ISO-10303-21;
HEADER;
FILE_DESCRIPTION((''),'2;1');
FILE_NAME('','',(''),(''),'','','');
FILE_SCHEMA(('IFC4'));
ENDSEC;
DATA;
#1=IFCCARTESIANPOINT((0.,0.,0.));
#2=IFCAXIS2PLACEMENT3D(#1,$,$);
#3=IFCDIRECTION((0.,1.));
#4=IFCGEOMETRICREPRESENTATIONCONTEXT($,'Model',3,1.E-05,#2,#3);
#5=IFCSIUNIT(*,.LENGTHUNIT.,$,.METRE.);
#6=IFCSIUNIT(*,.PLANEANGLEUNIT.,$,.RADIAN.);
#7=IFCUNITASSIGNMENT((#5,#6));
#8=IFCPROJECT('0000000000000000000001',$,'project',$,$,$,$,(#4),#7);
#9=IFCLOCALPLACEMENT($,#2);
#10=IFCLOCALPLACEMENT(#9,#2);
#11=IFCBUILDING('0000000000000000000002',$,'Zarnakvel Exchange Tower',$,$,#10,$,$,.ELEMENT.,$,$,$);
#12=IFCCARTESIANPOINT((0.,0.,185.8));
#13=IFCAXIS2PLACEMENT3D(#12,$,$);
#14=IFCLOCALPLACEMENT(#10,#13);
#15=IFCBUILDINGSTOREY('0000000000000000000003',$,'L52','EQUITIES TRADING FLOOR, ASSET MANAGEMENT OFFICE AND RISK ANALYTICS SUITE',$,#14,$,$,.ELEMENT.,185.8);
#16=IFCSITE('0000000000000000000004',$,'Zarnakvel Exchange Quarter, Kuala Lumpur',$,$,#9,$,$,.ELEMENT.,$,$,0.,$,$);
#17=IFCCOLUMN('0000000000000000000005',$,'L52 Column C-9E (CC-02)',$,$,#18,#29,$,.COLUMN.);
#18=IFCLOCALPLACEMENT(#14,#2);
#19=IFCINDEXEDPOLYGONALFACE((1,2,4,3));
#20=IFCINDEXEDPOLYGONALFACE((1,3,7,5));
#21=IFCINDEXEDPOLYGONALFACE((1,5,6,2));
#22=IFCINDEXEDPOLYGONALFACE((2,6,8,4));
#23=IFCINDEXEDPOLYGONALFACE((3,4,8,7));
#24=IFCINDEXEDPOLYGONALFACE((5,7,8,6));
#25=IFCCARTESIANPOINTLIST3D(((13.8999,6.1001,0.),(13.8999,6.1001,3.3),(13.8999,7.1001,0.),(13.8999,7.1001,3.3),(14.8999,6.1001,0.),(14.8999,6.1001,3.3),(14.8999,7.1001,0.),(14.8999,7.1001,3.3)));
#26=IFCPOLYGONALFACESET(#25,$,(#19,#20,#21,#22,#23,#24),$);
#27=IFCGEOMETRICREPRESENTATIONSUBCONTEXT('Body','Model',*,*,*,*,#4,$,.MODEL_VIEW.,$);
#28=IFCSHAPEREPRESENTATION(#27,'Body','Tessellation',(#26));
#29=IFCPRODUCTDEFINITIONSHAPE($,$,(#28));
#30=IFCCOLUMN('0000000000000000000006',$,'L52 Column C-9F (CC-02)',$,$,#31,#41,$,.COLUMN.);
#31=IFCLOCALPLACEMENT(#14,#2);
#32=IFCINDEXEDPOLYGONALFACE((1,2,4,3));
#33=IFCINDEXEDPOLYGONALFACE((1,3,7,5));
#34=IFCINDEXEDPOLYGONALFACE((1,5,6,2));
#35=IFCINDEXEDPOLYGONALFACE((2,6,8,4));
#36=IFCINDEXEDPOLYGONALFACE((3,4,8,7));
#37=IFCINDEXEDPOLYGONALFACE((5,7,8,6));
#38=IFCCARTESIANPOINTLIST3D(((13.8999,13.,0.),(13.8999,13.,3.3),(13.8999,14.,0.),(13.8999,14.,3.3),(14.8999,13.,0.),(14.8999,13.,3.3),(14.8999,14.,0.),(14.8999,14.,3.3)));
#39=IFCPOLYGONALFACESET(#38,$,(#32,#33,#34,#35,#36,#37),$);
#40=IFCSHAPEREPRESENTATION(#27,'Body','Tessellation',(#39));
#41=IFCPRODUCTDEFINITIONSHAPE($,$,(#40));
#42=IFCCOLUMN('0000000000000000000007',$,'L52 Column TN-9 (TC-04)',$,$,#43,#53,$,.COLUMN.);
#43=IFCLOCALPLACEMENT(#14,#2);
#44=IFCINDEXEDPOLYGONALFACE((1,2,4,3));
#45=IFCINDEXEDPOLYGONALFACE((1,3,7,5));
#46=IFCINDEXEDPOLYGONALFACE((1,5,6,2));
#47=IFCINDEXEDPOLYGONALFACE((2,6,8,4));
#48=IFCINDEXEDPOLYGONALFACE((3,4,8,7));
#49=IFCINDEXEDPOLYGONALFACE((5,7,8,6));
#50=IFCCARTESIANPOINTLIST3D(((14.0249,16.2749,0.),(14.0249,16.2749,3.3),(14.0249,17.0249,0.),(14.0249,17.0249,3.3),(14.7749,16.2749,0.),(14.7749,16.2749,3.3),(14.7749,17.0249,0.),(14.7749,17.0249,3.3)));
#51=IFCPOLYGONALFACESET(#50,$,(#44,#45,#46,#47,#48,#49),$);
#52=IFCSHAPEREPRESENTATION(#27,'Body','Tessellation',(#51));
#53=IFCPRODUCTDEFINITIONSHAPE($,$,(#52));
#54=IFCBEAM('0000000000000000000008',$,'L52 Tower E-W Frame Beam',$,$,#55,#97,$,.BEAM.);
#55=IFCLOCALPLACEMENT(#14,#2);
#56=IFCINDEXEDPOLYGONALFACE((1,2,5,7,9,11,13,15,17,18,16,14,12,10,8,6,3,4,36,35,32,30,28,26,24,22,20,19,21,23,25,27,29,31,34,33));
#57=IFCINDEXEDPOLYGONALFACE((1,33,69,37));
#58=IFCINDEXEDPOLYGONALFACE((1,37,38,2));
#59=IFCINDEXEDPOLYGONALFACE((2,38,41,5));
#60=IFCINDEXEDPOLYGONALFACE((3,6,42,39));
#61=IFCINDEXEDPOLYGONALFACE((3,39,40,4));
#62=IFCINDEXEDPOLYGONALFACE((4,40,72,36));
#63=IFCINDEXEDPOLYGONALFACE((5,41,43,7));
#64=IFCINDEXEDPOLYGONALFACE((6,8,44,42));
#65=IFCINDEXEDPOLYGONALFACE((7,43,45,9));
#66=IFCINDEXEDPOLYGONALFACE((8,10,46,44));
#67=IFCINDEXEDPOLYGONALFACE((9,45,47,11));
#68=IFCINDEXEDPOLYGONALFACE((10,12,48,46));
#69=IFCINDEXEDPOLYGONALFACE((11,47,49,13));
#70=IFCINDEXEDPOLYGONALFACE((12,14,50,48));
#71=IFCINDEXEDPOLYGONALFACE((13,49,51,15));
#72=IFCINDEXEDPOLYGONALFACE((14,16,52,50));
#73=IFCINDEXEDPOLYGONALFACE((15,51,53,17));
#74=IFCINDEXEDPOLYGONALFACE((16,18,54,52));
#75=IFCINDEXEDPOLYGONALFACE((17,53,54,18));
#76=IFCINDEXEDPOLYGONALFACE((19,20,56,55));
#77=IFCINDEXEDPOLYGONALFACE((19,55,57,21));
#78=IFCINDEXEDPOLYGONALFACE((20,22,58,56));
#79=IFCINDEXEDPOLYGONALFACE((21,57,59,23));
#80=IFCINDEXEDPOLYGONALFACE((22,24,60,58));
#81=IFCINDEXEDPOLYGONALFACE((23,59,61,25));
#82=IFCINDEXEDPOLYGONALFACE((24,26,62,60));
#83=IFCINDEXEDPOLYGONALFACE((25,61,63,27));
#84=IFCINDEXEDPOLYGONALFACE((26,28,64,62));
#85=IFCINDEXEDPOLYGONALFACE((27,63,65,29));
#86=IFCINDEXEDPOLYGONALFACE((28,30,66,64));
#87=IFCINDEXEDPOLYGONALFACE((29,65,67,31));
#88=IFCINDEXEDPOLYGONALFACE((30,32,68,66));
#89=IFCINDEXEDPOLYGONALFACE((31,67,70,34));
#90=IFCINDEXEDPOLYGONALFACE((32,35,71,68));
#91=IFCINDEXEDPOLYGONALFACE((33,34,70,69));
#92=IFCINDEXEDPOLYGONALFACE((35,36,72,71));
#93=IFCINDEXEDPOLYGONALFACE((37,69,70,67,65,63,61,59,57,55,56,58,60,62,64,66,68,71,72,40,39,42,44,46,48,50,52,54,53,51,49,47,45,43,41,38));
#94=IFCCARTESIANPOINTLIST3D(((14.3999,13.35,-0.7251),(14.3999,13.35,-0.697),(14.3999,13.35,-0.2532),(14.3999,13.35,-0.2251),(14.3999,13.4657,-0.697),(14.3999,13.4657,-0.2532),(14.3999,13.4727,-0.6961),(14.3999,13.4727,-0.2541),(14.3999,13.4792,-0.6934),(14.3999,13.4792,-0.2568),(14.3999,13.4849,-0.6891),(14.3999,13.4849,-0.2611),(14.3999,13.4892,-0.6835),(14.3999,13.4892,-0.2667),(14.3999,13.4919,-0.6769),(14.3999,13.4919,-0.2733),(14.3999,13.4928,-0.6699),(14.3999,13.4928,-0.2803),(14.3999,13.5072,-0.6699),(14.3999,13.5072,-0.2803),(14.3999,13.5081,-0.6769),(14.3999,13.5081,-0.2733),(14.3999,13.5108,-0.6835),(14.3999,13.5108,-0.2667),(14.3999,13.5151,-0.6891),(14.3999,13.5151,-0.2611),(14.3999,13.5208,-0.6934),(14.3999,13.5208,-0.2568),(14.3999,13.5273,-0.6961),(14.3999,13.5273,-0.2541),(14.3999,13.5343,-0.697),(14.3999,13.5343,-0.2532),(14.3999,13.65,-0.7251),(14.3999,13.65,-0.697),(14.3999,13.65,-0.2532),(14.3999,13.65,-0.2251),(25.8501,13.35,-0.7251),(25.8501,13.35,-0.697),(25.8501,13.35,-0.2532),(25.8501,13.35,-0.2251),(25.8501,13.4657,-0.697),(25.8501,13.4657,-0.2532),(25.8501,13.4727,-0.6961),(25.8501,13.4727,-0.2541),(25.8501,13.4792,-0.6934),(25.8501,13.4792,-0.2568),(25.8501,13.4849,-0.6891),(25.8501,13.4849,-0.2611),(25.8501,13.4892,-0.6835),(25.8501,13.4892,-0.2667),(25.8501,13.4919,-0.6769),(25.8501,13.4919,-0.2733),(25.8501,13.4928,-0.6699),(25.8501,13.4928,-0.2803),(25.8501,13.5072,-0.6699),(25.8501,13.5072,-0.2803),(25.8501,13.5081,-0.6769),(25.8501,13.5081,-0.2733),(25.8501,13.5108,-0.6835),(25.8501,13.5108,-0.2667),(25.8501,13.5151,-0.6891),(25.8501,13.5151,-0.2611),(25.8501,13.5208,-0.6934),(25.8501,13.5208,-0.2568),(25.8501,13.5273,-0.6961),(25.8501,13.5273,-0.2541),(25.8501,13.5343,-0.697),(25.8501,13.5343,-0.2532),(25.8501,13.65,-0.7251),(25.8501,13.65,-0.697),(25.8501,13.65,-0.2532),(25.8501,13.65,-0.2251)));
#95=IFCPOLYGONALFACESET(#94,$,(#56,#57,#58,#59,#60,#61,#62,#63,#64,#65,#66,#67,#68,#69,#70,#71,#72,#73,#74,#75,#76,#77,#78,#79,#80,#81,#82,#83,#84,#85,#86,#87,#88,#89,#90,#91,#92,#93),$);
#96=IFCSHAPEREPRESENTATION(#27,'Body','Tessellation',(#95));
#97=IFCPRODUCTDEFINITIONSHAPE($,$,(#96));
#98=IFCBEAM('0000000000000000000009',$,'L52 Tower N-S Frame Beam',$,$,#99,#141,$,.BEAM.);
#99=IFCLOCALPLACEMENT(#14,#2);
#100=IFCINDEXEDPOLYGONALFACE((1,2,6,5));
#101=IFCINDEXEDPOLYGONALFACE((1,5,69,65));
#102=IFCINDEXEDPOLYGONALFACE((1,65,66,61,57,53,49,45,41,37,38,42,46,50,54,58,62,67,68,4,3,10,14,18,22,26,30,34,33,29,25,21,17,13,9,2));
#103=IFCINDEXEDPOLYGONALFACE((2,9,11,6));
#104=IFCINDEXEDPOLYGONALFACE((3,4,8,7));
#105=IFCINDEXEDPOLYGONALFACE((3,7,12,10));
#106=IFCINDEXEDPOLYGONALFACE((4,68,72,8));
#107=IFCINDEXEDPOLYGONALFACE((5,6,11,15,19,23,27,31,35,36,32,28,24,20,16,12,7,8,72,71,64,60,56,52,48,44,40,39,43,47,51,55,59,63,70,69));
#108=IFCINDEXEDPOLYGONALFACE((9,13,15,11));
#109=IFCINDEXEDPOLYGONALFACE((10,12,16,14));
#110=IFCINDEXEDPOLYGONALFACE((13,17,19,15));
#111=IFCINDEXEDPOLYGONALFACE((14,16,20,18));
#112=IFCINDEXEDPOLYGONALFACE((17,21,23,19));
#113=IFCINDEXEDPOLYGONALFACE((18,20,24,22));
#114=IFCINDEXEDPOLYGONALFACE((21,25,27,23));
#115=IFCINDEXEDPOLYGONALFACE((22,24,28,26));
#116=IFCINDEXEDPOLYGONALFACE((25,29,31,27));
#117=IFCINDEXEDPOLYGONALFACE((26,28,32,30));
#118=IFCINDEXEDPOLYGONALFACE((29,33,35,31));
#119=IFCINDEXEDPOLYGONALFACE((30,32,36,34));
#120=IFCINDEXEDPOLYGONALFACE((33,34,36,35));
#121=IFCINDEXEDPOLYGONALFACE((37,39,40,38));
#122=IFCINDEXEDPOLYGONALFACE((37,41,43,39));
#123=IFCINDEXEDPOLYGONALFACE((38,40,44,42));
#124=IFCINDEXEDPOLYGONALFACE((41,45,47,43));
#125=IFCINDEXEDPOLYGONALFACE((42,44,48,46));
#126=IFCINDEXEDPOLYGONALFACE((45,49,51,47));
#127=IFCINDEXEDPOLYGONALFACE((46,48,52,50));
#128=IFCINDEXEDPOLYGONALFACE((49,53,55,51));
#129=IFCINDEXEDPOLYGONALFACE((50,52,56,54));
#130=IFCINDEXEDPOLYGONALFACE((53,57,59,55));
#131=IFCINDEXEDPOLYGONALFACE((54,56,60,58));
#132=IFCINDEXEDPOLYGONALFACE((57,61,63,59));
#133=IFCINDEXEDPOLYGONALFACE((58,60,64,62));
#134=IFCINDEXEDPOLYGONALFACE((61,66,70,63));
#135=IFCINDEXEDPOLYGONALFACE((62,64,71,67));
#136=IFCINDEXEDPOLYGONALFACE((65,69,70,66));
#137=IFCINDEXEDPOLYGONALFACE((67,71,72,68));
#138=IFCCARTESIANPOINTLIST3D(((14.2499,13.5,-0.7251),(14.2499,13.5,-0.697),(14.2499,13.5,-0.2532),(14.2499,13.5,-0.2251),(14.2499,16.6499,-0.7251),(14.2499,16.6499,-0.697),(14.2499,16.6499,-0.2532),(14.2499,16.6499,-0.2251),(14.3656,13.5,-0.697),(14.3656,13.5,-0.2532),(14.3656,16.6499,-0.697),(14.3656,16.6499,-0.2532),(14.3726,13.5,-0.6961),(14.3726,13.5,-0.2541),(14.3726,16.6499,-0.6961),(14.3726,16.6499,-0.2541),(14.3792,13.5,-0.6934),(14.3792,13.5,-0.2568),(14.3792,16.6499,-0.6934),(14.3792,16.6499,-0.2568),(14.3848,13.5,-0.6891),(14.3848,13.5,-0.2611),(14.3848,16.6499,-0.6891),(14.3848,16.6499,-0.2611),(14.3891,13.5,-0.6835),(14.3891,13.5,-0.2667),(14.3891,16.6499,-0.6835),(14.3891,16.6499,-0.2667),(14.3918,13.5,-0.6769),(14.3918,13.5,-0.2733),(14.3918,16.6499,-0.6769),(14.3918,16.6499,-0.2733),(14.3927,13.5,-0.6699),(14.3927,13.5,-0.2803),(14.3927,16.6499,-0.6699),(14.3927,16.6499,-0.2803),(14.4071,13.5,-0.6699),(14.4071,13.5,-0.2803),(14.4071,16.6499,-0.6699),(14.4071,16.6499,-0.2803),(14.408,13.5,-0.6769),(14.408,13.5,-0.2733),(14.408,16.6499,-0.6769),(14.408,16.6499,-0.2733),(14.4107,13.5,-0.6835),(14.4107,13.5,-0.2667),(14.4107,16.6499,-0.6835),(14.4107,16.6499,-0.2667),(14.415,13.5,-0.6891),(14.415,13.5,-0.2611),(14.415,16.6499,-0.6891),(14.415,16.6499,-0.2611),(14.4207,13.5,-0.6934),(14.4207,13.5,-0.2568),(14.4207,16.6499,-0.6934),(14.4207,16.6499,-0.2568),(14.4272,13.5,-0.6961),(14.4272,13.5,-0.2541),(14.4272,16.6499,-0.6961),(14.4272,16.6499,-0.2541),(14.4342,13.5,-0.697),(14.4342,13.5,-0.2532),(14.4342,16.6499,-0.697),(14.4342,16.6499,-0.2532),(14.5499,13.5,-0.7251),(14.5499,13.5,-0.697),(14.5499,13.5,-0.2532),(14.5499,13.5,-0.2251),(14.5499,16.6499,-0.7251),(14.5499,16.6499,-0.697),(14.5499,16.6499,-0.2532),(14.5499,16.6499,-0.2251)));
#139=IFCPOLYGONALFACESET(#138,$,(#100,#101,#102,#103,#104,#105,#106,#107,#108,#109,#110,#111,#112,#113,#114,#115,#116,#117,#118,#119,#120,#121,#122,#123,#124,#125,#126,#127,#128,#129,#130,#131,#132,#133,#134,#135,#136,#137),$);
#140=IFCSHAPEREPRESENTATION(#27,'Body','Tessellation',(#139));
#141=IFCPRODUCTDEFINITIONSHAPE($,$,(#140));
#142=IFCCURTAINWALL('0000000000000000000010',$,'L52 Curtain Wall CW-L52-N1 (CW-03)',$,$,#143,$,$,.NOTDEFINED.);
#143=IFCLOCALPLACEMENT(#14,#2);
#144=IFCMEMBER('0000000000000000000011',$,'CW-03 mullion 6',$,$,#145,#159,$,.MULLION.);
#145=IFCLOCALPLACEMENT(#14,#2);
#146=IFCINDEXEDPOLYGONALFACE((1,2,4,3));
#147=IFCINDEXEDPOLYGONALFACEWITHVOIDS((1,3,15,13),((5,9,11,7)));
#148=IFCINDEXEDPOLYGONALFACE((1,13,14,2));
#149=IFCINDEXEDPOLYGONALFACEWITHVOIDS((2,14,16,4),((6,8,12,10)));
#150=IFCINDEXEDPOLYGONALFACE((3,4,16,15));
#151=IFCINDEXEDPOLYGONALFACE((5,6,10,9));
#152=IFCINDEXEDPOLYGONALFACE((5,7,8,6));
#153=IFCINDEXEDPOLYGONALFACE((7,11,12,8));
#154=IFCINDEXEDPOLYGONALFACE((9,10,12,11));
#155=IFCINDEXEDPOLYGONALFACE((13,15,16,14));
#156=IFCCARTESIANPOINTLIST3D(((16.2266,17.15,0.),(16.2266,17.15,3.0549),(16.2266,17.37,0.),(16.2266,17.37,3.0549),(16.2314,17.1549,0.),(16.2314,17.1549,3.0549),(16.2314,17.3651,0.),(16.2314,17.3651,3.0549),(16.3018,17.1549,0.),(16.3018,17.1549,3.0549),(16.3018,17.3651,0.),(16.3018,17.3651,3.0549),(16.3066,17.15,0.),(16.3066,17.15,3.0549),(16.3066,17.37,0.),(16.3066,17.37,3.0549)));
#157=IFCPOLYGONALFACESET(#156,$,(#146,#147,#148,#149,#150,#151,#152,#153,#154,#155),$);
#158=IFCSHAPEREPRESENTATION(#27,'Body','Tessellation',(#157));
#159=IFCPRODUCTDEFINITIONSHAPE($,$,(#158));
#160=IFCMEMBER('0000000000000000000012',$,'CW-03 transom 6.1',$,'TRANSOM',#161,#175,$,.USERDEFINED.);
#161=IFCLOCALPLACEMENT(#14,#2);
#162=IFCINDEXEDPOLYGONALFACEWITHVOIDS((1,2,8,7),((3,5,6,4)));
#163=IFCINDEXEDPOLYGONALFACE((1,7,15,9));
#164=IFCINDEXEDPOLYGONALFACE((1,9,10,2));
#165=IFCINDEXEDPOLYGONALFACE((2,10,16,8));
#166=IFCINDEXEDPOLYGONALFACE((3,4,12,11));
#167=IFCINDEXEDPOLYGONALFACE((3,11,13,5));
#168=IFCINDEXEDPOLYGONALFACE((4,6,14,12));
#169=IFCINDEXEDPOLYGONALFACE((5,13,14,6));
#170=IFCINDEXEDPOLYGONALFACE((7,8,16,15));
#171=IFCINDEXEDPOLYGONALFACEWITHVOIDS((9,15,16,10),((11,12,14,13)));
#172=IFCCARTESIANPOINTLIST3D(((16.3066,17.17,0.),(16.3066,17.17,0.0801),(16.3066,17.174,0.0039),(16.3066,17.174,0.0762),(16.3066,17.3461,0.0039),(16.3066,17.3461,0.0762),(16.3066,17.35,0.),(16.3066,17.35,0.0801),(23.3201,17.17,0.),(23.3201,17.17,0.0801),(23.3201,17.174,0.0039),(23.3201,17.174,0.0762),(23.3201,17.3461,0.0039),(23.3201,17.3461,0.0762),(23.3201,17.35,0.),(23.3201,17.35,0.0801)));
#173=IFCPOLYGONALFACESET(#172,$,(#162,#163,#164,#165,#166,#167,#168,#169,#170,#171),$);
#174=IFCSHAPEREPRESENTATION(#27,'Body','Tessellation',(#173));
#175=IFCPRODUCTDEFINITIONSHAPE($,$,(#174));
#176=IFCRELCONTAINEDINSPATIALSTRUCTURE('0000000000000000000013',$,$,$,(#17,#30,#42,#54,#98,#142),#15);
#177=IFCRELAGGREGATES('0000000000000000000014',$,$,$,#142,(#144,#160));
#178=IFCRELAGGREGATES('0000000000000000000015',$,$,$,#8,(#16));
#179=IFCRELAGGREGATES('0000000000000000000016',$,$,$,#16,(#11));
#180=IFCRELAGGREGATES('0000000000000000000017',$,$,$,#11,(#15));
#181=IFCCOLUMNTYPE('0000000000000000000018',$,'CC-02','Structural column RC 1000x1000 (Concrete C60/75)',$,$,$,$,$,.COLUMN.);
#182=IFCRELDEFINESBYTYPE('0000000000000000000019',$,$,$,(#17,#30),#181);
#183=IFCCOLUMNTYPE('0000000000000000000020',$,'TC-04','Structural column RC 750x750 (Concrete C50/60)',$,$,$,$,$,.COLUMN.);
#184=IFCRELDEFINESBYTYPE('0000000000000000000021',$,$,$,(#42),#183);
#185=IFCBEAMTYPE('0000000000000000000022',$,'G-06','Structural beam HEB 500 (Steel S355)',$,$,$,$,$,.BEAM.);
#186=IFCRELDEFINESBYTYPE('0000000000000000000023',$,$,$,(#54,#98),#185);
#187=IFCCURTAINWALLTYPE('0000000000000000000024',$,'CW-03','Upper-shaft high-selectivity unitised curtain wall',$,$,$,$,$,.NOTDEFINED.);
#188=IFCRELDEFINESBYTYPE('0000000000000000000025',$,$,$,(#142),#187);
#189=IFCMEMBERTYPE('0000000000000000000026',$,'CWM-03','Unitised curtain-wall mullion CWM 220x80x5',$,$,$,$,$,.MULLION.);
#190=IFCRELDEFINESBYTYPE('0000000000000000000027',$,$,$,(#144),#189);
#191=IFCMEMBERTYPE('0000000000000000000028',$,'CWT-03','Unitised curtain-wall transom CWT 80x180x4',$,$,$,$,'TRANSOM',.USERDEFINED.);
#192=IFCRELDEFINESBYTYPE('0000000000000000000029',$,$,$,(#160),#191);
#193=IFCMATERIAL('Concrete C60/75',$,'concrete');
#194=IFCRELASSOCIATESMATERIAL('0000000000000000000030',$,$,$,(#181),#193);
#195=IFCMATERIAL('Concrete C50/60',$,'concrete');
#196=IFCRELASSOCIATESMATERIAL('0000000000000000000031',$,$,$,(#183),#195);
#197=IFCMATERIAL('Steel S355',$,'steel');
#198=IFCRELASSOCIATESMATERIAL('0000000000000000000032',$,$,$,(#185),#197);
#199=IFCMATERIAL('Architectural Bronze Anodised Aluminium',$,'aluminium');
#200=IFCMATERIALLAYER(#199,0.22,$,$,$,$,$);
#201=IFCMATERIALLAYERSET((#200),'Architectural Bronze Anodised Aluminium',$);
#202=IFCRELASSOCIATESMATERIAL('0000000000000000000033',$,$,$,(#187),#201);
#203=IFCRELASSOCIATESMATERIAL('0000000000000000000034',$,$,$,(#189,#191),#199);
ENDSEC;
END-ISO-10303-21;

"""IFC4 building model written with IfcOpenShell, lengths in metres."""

from ifc_helpers import new_model, si_unit, direction, frame, origin, origin_2d, place, context, subcontext, project, spatial, rectangle, hollow_rectangle, i_section, extrude, source, transform, mapped, material, layer, layer_set, material_profile, profile_set, type_object, element, aggregate, save


model = new_model("IFC4")

# Units and contexts
model_context = context("Model", 3, precision=1e-05, world=origin(), true_north=direction((0.0, 1.0)))
body_context = subcontext(model_context, "Body", "Model", "MODEL_VIEW")
ifc_project = project(units=[si_unit("LENGTHUNIT", "METRE"), si_unit("PLANEANGLEUNIT", "RADIAN")], contexts=[model_context])

# Site, building, storey
site_placement = place(None, origin())
site = spatial("IfcSite", under=ifc_project, at=site_placement, Name="Zarnakvel Exchange Quarter, Kuala Lumpur", CompositionType="ELEMENT", RefElevation=0.0)
building_placement = place(site_placement, origin())
building = spatial("IfcBuilding", under=site, at=building_placement, Name="Zarnakvel Exchange Tower", CompositionType="ELEMENT")
storey_placement = place(building_placement, frame((0.0, 0.0, 185.8)))
storey = spatial("IfcBuildingStorey", under=building, at=storey_placement, Name="L52", Description="EQUITIES TRADING FLOOR, ASSET MANAGEMENT OFFICE AND RISK ANALYTICS SUITE", CompositionType="ELEMENT", Elevation=185.8)

# Columns
ifc_material_1 = material(Name="Concrete C60/75", Category="concrete")
ifc_material_profile_1 = material_profile(ifc_material_1, rectangle(XDim=1.0, YDim=1.0, at=origin_2d()))
ifc_profile_set_1 = profile_set([ifc_material_profile_1], Name="Concrete C60/75")
column_type_1 = type_object("IfcColumnType", Name="CC-02", Description="Structural column RC 1000x1000 (Concrete C60/75)", PredefinedType="COLUMN", material=ifc_profile_set_1)
for number, where, z_axis, x_axis, name in (
    (1, (14.3999, 6.6001, 0.0), (0.0, 0.0, 1.0), (1.0, 0.0, 0.0), "L52 Column C-9E (CC-02)"),
    (2, (14.3999, 13.5, 0.0), (0.0, 0.0, 1.0), (1.0, 0.0, 0.0), "L52 Column C-9F (CC-02)"),
):
    element("IfcColumn", number, at=place(storey_placement, frame(where, z_axis=z_axis, x_axis=x_axis)), inside=storey, type_object=column_type_1, Name=name, PredefinedType="COLUMN", context=body_context, shape_type="SweptSolid", body=[
        extrude(rectangle(XDim=1.0, YDim=1.0, at=origin_2d()), origin(), (0.0, 0.0, 1.0), 3.3),
    ])
ifc_material_2 = material(Name="Concrete C50/60", Category="concrete")
ifc_material_profile_2 = material_profile(ifc_material_2, rectangle(XDim=0.75, YDim=0.75, at=origin_2d()))
ifc_profile_set_2 = profile_set([ifc_material_profile_2], Name="Concrete C50/60")
column_type_2 = type_object("IfcColumnType", Name="TC-04", Description="Structural column RC 750x750 (Concrete C50/60)", PredefinedType="COLUMN", material=ifc_profile_set_2)
column_placement = place(storey_placement, frame((14.3999, 16.6499, 0.0), z_axis=(0.0, 0.0, 1.0), x_axis=(1.0, 0.0, 0.0)))
element("IfcColumn", 3, at=column_placement, inside=storey, type_object=column_type_2, Name="L52 Column TN-9 (TC-04)", PredefinedType="COLUMN", context=body_context, shape_type="SweptSolid", body=[
    extrude(rectangle(XDim=0.75, YDim=0.75, at=origin_2d()), origin(), (0.0, 0.0, 1.0), 3.3),
])

# Beams
ifc_material_3 = material(Name="Steel S355", Category="steel")
ifc_material_profile_3 = material_profile(ifc_material_3, i_section(OverallWidth=0.3, OverallDepth=0.5, WebThickness=0.0144, FlangeThickness=0.0281, FilletRadius=0.0271, at=origin_2d()))
ifc_profile_set_3 = profile_set([ifc_material_profile_3], Name="Steel S355")
beam_type = type_object("IfcBeamType", Name="G-06", Description="Structural beam HEB 500 (Steel S355)", PredefinedType="BEAM", material=ifc_profile_set_3)
beam_1_placement = place(storey_placement, frame((14.3999, 13.5, -0.4751), z_axis=(1.0, 0.0, 0.0), x_axis=(0.0, 1.0, 0.0)))
element("IfcBeam", 4, at=beam_1_placement, inside=storey, type_object=beam_type, Name="L52 Tower E-W Frame Beam", PredefinedType="BEAM", context=body_context, shape_type="SweptSolid", body=[
    extrude(i_section(OverallWidth=0.3, OverallDepth=0.5, WebThickness=0.0144, FlangeThickness=0.0281, FilletRadius=0.0271, at=origin_2d()), origin(), (0.0, 0.0, 1.0), 11.4502),
])
beam_2_placement = place(storey_placement, frame((14.3999, 13.5, -0.4751), z_axis=(0.0, 1.0, 0.0), x_axis=(-1.0, 0.0, 0.0)))
element("IfcBeam", 5, at=beam_2_placement, inside=storey, type_object=beam_type, Name="L52 Tower N-S Frame Beam", PredefinedType="BEAM", context=body_context, shape_type="SweptSolid", body=[
    extrude(i_section(OverallWidth=0.3, OverallDepth=0.5, WebThickness=0.0144, FlangeThickness=0.0281, FilletRadius=0.0271, at=origin_2d()), origin(), (0.0, 0.0, 1.0), 3.1499),
])

# Curtain wall, members
ifc_material_4 = material(Name="Architectural Bronze Anodised Aluminium", Category="aluminium")
ifc_layer_1 = layer(ifc_material_4, 0.22)
ifc_layer_set_1 = layer_set([ifc_layer_1], Name="Architectural Bronze Anodised Aluminium")
curtain_wall_type = type_object("IfcCurtainWallType", Name="CW-03", Description="Upper-shaft high-selectivity unitised curtain wall", PredefinedType="NOTDEFINED", material=ifc_layer_set_1)
curtain_wall_placement = place(storey_placement, origin())
curtain_wall = element("IfcCurtainWall", 6, at=curtain_wall_placement, inside=storey, type_object=curtain_wall_type, Name="L52 Curtain Wall CW-L52-N1 (CW-03)", PredefinedType="NOTDEFINED")
ifc_material_profile_4 = material_profile(ifc_material_4, hollow_rectangle(XDim=0.22, YDim=0.0801, WallThickness=0.0049, at=origin_2d()))
ifc_profile_set_4 = profile_set([ifc_material_profile_4], Name="Architectural Bronze Anodised Aluminium")
member_type_1 = type_object("IfcMemberType", Name="CWM-03", Description="Unitised curtain-wall mullion CWM 220x80x5", PredefinedType="MULLION", material=ifc_profile_set_4)
shared_shape_1 = source(origin(), body_context, "Body", "SweptSolid", [
    extrude(hollow_rectangle(XDim=0.22, YDim=0.0801, WallThickness=0.0049, at=origin_2d()), origin(), (0.0, 0.0, 1.0), 3.0549),
])
member_1_placement = place(storey_placement, frame((16.2666, 17.26, 0.0), z_axis=(0.0, 0.0, 1.0), x_axis=(0.0, 1.0, 0.0)))
member_1 = element("IfcMember", 7, at=member_1_placement, type_object=member_type_1, Name="CW-03 mullion 6", PredefinedType="MULLION", context=body_context, shape_type="MappedRepresentation", body=[
    mapped(shared_shape_1, transform((0.0, 0.0, 0.0), x_axis=(1.0, 0.0, 0.0), y_axis=(0.0, 1.0, 0.0), z_axis=(0.0, 0.0, 1.0), scale=1.0)),
])
ifc_material_profile_5 = material_profile(ifc_material_4, hollow_rectangle(XDim=0.1799, YDim=0.0801, WallThickness=0.0039, at=origin_2d()))
ifc_profile_set_5 = profile_set([ifc_material_profile_5], Name="Architectural Bronze Anodised Aluminium")
member_type_2 = type_object("IfcMemberType", Name="CWT-03", Description="Unitised curtain-wall transom CWT 80x180x4", ElementType="TRANSOM", PredefinedType="USERDEFINED", material=ifc_profile_set_5)
shared_shape_2 = source(origin(), body_context, "Body", "SweptSolid", [
    extrude(hollow_rectangle(XDim=0.1799, YDim=0.0801, WallThickness=0.0039, at=origin_2d()), origin(), (0.0, 0.0, 1.0), 7.0134),
])
member_2_placement = place(storey_placement, frame((16.3066, 17.26, 0.04), z_axis=(1.0, 0.0, 0.0), x_axis=(0.0, 1.0, 0.0)))
member_2 = element("IfcMember", 8, at=member_2_placement, type_object=member_type_2, Name="CW-03 transom 6.1", ObjectType="TRANSOM", PredefinedType="USERDEFINED", context=body_context, shape_type="MappedRepresentation", body=[
    mapped(shared_shape_2, transform((0.0, 0.0, 0.0), x_axis=(1.0, 0.0, 0.0), y_axis=(0.0, 1.0, 0.0), z_axis=(0.0, 0.0, 1.0), scale=1.0)),
])
aggregate(curtain_wall, [member_1, member_2])

save(model, "model.ifc")
